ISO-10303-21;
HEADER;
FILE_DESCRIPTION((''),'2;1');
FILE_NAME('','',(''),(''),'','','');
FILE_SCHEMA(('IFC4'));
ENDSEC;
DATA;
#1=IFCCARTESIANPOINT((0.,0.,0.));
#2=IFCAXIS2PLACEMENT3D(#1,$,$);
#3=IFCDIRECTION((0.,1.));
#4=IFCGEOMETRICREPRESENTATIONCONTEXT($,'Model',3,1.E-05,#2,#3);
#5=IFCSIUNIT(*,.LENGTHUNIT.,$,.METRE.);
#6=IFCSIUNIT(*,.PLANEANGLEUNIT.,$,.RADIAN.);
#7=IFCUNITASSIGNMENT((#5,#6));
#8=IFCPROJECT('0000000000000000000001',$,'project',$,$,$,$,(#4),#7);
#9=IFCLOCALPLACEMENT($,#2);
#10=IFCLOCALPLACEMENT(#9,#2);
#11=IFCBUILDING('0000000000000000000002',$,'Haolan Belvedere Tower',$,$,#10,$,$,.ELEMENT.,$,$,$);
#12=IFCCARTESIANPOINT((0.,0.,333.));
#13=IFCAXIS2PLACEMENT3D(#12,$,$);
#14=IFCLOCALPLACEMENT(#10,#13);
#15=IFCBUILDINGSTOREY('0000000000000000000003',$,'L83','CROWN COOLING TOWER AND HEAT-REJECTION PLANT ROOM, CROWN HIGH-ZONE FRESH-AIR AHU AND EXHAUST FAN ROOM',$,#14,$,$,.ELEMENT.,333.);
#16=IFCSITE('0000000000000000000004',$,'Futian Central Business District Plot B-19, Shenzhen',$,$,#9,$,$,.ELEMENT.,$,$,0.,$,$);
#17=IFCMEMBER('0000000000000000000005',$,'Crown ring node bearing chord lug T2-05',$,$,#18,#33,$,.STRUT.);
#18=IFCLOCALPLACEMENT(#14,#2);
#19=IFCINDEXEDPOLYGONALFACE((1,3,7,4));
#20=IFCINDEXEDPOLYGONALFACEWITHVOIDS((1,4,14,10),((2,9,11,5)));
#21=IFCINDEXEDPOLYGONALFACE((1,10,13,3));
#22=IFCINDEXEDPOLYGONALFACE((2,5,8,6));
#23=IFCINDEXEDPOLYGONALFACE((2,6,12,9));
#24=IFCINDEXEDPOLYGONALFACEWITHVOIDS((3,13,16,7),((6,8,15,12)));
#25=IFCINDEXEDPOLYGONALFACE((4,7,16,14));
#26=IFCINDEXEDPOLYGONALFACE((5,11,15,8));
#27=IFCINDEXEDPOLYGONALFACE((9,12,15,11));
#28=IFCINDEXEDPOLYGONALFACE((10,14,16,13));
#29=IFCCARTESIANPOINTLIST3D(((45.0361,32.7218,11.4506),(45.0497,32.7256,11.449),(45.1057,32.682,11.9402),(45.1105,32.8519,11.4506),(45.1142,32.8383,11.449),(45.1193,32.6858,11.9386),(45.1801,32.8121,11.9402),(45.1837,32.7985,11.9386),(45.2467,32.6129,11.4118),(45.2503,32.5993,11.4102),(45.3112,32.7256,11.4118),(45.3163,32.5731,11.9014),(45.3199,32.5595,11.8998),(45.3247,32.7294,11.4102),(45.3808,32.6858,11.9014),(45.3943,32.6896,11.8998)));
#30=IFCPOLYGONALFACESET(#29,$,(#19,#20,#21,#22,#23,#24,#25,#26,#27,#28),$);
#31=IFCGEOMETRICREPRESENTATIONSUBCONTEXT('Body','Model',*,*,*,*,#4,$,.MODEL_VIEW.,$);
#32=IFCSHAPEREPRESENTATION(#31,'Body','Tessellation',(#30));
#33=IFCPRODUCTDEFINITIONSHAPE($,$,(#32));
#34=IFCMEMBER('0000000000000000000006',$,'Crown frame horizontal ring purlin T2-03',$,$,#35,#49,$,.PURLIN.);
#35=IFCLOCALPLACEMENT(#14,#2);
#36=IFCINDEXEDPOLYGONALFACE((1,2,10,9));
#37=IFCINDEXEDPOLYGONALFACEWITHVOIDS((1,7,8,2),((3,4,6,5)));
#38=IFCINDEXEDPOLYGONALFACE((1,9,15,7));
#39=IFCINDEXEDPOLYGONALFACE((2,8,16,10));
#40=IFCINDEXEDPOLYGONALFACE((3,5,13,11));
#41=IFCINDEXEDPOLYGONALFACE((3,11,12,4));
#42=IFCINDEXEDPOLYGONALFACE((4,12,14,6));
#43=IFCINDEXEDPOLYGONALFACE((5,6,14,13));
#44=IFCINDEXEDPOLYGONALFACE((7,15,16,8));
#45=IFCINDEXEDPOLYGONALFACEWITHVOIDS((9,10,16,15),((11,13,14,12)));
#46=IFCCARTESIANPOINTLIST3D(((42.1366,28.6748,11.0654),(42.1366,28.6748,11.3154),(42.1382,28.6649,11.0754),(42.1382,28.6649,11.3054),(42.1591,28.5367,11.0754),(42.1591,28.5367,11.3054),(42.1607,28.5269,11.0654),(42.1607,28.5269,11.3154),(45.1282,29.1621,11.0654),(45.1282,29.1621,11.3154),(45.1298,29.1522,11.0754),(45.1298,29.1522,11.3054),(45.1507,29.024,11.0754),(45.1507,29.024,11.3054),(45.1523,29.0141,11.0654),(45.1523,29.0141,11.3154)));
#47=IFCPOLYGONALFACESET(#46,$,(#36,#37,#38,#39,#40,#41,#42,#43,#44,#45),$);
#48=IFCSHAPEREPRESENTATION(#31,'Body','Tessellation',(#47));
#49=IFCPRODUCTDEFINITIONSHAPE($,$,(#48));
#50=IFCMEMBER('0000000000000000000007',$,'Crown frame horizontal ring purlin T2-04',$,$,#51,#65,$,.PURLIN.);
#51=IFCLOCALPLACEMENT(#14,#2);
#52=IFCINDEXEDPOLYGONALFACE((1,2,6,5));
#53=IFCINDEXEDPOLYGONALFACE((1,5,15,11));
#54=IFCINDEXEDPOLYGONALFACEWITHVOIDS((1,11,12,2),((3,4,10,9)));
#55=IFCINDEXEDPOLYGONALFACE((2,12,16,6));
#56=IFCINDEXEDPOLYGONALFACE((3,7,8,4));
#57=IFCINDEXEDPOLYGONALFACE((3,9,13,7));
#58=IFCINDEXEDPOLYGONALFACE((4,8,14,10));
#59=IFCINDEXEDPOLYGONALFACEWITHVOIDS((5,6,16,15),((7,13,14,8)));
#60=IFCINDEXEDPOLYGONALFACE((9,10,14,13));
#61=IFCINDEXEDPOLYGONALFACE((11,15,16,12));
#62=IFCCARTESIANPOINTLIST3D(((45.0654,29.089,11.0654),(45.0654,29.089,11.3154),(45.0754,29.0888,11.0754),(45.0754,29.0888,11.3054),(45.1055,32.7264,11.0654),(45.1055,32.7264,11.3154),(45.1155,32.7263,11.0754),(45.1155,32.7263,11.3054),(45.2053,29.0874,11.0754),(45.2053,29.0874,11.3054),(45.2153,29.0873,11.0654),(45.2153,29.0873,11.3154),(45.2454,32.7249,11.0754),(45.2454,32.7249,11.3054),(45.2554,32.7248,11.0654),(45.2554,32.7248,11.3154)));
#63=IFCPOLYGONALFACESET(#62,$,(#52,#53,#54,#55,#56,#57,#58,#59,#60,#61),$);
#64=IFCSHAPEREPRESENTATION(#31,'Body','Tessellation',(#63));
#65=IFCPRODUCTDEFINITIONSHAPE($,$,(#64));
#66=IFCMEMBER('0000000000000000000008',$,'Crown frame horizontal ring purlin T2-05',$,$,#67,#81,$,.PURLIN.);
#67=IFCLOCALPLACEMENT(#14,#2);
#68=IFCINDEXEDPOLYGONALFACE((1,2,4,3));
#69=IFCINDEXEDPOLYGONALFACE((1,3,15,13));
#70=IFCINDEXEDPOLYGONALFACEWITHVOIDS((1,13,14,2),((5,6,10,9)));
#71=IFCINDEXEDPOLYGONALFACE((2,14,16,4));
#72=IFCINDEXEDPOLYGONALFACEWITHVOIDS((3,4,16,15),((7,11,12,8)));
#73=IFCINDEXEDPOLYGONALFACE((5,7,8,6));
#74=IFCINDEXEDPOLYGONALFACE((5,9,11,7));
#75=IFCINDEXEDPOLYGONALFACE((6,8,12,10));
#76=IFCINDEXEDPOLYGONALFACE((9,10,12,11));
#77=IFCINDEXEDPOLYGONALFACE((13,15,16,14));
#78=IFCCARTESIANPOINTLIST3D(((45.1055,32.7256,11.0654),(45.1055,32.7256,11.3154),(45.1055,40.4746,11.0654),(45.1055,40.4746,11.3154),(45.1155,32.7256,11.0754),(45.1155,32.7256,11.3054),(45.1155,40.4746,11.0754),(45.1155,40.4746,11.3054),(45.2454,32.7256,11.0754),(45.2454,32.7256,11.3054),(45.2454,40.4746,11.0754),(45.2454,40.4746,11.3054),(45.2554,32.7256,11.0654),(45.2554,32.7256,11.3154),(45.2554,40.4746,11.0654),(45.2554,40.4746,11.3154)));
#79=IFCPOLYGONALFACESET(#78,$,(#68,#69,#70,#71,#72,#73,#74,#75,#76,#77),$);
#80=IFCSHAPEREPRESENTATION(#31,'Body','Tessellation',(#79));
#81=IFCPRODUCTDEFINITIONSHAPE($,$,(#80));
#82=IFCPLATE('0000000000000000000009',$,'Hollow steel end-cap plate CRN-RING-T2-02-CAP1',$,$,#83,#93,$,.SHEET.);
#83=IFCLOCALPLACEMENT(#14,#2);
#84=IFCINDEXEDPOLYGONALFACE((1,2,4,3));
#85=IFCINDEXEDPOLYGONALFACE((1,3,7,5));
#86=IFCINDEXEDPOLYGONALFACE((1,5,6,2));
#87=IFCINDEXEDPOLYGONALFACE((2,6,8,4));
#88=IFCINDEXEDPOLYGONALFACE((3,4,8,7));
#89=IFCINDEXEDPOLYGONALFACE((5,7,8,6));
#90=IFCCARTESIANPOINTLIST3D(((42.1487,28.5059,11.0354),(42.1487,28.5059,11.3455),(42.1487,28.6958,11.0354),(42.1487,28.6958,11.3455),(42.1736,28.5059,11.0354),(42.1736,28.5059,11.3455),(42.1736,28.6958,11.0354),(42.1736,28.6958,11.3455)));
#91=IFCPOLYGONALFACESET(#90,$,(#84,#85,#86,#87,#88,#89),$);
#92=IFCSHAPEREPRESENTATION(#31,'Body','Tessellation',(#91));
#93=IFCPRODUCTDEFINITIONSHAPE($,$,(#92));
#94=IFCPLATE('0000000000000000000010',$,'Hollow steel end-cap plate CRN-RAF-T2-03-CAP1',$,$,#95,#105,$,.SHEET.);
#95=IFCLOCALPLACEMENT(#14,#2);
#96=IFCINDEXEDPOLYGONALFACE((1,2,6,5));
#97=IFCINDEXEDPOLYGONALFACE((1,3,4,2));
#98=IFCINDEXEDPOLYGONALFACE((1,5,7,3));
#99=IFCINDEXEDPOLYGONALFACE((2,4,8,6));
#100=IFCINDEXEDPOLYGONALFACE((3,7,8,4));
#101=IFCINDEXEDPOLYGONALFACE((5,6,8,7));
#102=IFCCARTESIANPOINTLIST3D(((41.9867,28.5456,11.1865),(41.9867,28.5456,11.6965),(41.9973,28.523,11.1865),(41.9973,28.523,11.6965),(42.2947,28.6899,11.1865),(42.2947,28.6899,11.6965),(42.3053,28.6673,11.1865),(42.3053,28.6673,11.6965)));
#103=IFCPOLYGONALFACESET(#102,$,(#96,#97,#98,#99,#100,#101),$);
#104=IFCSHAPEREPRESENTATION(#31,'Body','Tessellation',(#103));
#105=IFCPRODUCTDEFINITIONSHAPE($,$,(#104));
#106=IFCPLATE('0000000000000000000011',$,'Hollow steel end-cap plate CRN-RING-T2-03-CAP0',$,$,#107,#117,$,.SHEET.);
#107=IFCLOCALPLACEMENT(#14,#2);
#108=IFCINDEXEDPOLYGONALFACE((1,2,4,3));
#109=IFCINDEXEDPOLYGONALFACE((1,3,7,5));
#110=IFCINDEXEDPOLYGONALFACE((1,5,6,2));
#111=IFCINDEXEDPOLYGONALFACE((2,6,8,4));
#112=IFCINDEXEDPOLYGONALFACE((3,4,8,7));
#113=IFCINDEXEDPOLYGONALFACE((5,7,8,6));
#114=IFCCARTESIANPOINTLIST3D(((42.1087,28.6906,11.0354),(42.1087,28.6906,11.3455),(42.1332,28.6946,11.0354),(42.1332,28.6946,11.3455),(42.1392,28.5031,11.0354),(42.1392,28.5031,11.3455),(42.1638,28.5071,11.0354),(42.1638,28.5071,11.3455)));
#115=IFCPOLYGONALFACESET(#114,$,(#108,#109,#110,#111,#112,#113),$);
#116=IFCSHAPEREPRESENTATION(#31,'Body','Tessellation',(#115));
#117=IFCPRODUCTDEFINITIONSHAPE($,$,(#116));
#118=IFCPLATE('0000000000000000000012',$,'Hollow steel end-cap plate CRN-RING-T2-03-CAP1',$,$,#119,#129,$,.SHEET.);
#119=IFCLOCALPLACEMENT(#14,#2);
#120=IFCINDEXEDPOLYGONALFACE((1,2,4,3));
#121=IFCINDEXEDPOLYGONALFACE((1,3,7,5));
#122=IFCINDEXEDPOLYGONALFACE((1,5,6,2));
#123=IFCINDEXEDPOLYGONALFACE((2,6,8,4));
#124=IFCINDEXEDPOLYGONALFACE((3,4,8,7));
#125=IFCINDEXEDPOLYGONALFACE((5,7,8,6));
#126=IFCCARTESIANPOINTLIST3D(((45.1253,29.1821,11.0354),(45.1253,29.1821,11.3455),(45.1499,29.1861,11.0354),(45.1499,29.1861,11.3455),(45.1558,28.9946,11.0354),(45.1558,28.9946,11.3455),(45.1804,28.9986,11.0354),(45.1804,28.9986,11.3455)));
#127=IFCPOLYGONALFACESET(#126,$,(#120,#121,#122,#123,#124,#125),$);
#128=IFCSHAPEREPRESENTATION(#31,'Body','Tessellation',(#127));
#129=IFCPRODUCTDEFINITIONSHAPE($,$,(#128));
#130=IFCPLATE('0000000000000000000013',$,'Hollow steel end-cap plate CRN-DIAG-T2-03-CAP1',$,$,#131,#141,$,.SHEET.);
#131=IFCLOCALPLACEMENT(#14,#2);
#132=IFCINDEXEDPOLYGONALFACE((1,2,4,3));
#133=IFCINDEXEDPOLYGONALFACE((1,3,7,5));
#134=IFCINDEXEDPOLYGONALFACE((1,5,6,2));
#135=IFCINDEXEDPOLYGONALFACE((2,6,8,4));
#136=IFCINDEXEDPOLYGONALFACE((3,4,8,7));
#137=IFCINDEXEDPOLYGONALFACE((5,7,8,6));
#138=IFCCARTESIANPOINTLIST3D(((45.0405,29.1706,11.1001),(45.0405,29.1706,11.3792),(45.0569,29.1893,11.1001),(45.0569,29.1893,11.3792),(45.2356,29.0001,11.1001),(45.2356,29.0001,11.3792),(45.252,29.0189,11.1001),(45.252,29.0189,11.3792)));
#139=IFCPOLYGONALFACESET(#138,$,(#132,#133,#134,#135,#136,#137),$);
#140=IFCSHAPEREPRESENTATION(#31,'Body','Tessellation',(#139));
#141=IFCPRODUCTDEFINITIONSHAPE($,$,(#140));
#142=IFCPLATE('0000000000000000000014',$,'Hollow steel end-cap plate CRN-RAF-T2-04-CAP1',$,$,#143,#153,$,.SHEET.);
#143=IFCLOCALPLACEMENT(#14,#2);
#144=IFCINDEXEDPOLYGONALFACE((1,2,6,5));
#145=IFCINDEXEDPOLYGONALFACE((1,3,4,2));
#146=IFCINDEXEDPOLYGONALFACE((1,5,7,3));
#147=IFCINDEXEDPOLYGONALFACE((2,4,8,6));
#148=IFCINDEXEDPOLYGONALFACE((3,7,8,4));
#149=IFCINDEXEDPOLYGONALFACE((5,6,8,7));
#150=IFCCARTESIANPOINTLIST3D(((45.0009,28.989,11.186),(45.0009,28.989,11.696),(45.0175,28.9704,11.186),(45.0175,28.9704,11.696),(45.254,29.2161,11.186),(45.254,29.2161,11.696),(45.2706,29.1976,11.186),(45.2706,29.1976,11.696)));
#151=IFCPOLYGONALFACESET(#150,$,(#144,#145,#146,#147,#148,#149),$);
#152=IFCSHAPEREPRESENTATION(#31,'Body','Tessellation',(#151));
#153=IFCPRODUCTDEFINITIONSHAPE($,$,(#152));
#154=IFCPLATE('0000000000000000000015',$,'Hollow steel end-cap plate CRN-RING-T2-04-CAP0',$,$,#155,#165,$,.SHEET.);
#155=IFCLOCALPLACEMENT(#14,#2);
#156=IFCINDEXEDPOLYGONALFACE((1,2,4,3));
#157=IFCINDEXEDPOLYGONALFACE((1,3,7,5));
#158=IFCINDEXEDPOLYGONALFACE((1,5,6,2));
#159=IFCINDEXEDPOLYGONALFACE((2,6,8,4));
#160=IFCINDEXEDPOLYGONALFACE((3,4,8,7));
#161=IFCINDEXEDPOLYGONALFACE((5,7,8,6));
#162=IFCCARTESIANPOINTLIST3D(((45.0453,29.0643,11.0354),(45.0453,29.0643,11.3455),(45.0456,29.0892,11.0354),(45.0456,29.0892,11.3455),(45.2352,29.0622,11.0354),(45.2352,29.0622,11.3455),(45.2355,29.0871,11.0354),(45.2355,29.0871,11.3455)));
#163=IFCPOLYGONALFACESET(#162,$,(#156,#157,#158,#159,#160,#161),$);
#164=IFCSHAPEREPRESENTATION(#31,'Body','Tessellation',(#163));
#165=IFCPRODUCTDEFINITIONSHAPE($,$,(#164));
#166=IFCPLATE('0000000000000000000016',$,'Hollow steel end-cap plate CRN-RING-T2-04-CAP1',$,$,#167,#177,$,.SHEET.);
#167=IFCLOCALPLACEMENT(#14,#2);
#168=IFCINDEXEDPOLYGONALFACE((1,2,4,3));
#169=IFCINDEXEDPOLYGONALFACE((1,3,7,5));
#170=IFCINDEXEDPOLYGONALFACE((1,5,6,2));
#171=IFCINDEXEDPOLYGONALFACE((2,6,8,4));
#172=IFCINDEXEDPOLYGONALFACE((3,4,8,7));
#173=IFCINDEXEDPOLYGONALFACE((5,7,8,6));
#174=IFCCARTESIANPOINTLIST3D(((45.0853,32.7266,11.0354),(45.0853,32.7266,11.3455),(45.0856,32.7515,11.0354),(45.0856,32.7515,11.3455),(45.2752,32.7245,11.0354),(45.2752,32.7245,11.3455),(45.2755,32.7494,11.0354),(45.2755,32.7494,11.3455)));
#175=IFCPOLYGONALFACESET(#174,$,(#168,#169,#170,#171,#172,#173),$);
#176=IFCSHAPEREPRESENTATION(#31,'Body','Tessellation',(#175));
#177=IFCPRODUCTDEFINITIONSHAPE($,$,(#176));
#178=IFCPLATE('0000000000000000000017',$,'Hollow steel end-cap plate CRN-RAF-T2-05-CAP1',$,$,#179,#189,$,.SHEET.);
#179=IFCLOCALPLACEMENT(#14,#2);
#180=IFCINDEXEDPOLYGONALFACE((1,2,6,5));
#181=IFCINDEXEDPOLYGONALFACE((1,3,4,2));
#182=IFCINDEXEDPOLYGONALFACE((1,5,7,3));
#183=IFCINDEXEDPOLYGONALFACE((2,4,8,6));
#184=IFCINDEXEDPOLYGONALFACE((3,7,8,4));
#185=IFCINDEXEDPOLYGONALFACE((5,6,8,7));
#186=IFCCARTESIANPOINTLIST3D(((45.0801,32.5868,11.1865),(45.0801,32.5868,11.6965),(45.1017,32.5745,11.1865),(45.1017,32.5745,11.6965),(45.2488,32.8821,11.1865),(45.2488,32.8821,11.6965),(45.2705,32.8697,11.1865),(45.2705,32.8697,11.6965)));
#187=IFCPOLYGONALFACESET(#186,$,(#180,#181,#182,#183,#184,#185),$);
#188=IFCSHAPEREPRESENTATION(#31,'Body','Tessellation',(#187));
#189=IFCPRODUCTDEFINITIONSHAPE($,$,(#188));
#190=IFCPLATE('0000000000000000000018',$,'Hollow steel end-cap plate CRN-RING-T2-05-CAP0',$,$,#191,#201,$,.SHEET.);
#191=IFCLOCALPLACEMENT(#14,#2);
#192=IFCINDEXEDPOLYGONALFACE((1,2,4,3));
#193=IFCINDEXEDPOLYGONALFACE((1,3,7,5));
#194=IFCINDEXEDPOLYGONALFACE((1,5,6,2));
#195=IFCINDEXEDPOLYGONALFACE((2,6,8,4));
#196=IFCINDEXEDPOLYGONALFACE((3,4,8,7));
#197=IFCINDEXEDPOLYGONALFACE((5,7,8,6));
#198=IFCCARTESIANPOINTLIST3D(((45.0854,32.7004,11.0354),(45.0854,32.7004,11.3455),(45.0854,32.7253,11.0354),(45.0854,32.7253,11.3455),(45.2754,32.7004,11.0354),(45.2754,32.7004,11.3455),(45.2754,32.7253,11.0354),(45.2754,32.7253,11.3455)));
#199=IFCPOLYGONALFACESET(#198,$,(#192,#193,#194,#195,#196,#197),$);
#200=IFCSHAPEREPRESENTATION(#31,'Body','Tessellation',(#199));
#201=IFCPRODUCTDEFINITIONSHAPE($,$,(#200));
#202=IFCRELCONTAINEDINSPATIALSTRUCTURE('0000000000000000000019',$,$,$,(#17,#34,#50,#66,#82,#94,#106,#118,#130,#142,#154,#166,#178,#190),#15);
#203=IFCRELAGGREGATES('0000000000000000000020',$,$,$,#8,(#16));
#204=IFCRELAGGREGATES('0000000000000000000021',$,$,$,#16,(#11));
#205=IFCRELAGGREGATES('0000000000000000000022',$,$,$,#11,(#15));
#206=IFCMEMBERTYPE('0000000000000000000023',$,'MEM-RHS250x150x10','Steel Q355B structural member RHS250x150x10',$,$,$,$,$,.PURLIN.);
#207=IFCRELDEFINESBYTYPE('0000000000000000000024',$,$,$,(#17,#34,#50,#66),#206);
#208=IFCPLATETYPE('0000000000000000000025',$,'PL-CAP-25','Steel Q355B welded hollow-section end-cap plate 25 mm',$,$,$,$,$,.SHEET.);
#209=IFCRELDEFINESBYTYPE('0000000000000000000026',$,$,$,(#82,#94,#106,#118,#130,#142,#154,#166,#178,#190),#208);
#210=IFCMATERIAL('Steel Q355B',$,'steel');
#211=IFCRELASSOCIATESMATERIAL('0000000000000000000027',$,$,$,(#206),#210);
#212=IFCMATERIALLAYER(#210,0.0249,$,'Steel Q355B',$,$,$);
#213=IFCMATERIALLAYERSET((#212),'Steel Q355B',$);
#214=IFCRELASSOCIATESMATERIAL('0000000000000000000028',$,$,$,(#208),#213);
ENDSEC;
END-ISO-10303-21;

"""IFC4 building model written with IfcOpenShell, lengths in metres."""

from ifc_helpers import new_model, si_unit, direction, frame, origin, origin_2d, place, context, subcontext, project, spatial, rectangle, hollow_rectangle, extrude, material, layer, layer_set, material_profile, profile_set, type_object, element, save


model = new_model("IFC4")

# Units and contexts
model_context = context("Model", 3, precision=1e-05, world=origin(), true_north=direction((0.0, 1.0)))
body_context = subcontext(model_context, "Body", "Model", "MODEL_VIEW")
ifc_project = project(units=[si_unit("LENGTHUNIT", "METRE"), si_unit("PLANEANGLEUNIT", "RADIAN")], contexts=[model_context])

# Site, building, storey
site_placement = place(None, origin())
site = spatial("IfcSite", under=ifc_project, at=site_placement, Name="Futian Central Business District Plot B-19, Shenzhen", CompositionType="ELEMENT", RefElevation=0.0)
building_placement = place(site_placement, origin())
building = spatial("IfcBuilding", under=site, at=building_placement, Name="Haolan Belvedere Tower", CompositionType="ELEMENT")
storey_placement = place(building_placement, frame((0.0, 0.0, 333.0)))
storey = spatial("IfcBuildingStorey", under=building, at=storey_placement, Name="L83", Description="CROWN COOLING TOWER AND HEAT-REJECTION PLANT ROOM, CROWN HIGH-ZONE FRESH-AIR AHU AND EXHAUST FAN ROOM", CompositionType="ELEMENT", Elevation=333.0)

# Members
ifc_material_1 = material(Name="Steel Q355B", Category="steel")
ifc_material_profile_1 = material_profile(ifc_material_1, hollow_rectangle(XDim=0.1499, YDim=0.25, WallThickness=0.01, at=origin_2d()), Name="Steel Q355B")
ifc_profile_set_1 = profile_set([ifc_material_profile_1], Name="Steel Q355B")
member_type_1 = type_object("IfcMemberType", Name="MEM-RHS250x150x10", Description="Steel Q355B structural member RHS250x150x10", PredefinedType="PURLIN", material=ifc_profile_set_1)
for number, where, z_axis, x_axis, name in (
    (1, (45.1804, 32.7256, 11.4304), (0.140276, -0.080228, 0.986857), (0.496467, 0.868056, 0.0), "Crown ring node bearing chord lug T2-05"),
):
    element("IfcMember", number, at=place(storey_placement, frame(where, z_axis=z_axis, x_axis=x_axis)), inside=storey, type_object=member_type_1, Name=name, PredefinedType="STRUT", context=body_context, shape_type="SweptSolid", body=[
        extrude(hollow_rectangle(XDim=0.1499, YDim=0.25, WallThickness=0.01, at=origin_2d()), origin(), (0.0, 0.0, 1.0), 0.4961),
    ])
member_1_placement = place(storey_placement, frame((42.1487, 28.6008, 11.1904), z_axis=(0.986992, 0.160767, 0.0), x_axis=(-0.160767, 0.986992, 0.0)))
element("IfcMember", 2, at=member_1_placement, inside=storey, type_object=member_type_1, Name="Crown frame horizontal ring purlin T2-03", PredefinedType="PURLIN", context=body_context, shape_type="SweptSolid", body=[
    extrude(hollow_rectangle(XDim=0.1499, YDim=0.25, WallThickness=0.01, at=origin_2d()), origin(), (0.0, 0.0, 1.0), 3.031),
])
member_2_placement = place(storey_placement, frame((45.1404, 29.0881, 11.1904), z_axis=(0.011007, 0.999939, 0.0), x_axis=(-0.999939, 0.011007, 0.0)))
element("IfcMember", 3, at=member_2_placement, inside=storey, type_object=member_type_1, Name="Crown frame horizontal ring purlin T2-04", PredefinedType="PURLIN", context=body_context, shape_type="SweptSolid", body=[
    extrude(hollow_rectangle(XDim=0.1499, YDim=0.25, WallThickness=0.01, at=origin_2d()), origin(), (0.0, 0.0, 1.0), 3.6377),
])
member_3_placement = place(storey_placement, frame((45.1804, 32.7256, 11.1904), z_axis=(0.0, 1.0, 0.0), x_axis=(-1.0, 0.0, 0.0)))
element("IfcMember", 4, at=member_3_placement, inside=storey, type_object=member_type_1, Name="Crown frame horizontal ring purlin T2-05", PredefinedType="PURLIN", context=body_context, shape_type="SweptSolid", body=[
    extrude(hollow_rectangle(XDim=0.1499, YDim=0.25, WallThickness=0.01, at=origin_2d()), origin(), (0.0, 0.0, 1.0), 7.749),
])

# Plates
ifc_layer_1 = layer(ifc_material_1, 0.0249, Name="Steel Q355B")
ifc_layer_set_1 = layer_set([ifc_layer_1], Name="Steel Q355B")
plate_type = type_object("IfcPlateType", Name="PL-CAP-25", Description="Steel Q355B welded hollow-section end-cap plate 25 mm", PredefinedType="SHEET", material=ifc_layer_set_1)
plate_1_placement = place(storey_placement, frame((42.1611, 28.6008, 11.0354), z_axis=(0.0, 0.0, 1.0), x_axis=(0.0, 1.0, 0.0)))
element("IfcPlate", 5, at=plate_1_placement, inside=storey, type_object=plate_type, Name="Hollow steel end-cap plate CRN-RING-T2-02-CAP1", PredefinedType="SHEET", context=body_context, shape_type="SweptSolid", body=[
    extrude(rectangle(XDim=0.1899, YDim=0.0249, at=origin_2d()), origin(), (0.0, 0.0, 1.0), 0.3101),
])
plate_2_placement = place(storey_placement, frame((42.146, 28.6064, 11.1865), z_axis=(0.0, 0.0, 1.0), x_axis=(-0.905502, -0.424342, 0.0)))
element("IfcPlate", 6, at=plate_2_placement, inside=storey, type_object=plate_type, Name="Hollow steel end-cap plate CRN-RAF-T2-03-CAP1", PredefinedType="SHEET", context=body_context, shape_type="SweptSolid", body=[
    extrude(rectangle(XDim=0.3401, YDim=0.0249, at=origin_2d()), origin(), (0.0, 0.0, 1.0), 0.51),
])
for number, where, z_axis, x_axis, name in (
    (7, (42.1362, 28.5989, 11.0354), (0.0, 0.0, 1.0), (0.160794, -0.986988, 0.0), "Hollow steel end-cap plate CRN-RING-T2-03-CAP0"),
    (8, (45.1528, 29.0903, 11.0354), (0.0, 0.0, 1.0), (-0.160794, 0.986988, 0.0), "Hollow steel end-cap plate CRN-RING-T2-03-CAP1"),
):
    element("IfcPlate", number, at=place(storey_placement, frame(where, z_axis=z_axis, x_axis=x_axis)), inside=storey, type_object=plate_type, Name=name, PredefinedType="SHEET", context=body_context, shape_type="SweptSolid", body=[
        extrude(rectangle(XDim=0.1899, YDim=0.0249, at=origin_2d()), origin(), (0.0, 0.0, 1.0), 0.3101),
    ])
plate_3_placement = place(storey_placement, frame((45.1462, 29.0947, 11.1001), z_axis=(0.0, 0.0, 1.0), x_axis=(-0.753127, 0.657875, 0.0)))
element("IfcPlate", 9, at=plate_3_placement, inside=storey, type_object=plate_type, Name="Hollow steel end-cap plate CRN-DIAG-T2-03-CAP1", PredefinedType="SHEET", context=body_context, shape_type="SweptSolid", body=[
    extrude(rectangle(XDim=0.259, YDim=0.0249, at=origin_2d()), origin(), (0.0, 0.0, 1.0), 0.2791),
])
plate_4_placement = place(storey_placement, frame((45.1357, 29.0933, 11.186), z_axis=(0.0, 0.0, 1.0), x_axis=(-0.744288, -0.667859, 0.0)))
element("IfcPlate", 10, at=plate_4_placement, inside=storey, type_object=plate_type, Name="Hollow steel end-cap plate CRN-RAF-T2-04-CAP1", PredefinedType="SHEET", context=body_context, shape_type="SweptSolid", body=[
    extrude(rectangle(XDim=0.3401, YDim=0.0249, at=origin_2d()), origin(), (0.0, 0.0, 1.0), 0.51),
])
for number, where, z_axis, x_axis, name in (
    (11, (45.1404, 29.0757, 11.0354), (0.0, 0.0, 1.0), (0.99994, -0.01096, 0.0), "Hollow steel end-cap plate CRN-RING-T2-04-CAP0"),
    (12, (45.1804, 32.738, 11.0354), (0.0, 0.0, 1.0), (-0.99994, 0.01096, 0.0), "Hollow steel end-cap plate CRN-RING-T2-04-CAP1"),
):
    element("IfcPlate", number, at=place(storey_placement, frame(where, z_axis=z_axis, x_axis=x_axis)), inside=storey, type_object=plate_type, Name=name, PredefinedType="SHEET", context=body_context, shape_type="SweptSolid", body=[
        extrude(rectangle(XDim=0.1899, YDim=0.0249, at=origin_2d()), origin(), (0.0, 0.0, 1.0), 0.3101),
    ])
plate_5_placement = place(storey_placement, frame((45.1753, 32.7283, 11.1865), z_axis=(0.0, 0.0, 1.0), x_axis=(-0.496141, -0.868242, 0.0)))
element("IfcPlate", 13, at=plate_5_placement, inside=storey, type_object=plate_type, Name="Hollow steel end-cap plate CRN-RAF-T2-05-CAP1", PredefinedType="SHEET", context=body_context, shape_type="SweptSolid", body=[
    extrude(rectangle(XDim=0.3401, YDim=0.0249, at=origin_2d()), origin(), (0.0, 0.0, 1.0), 0.51),
])
plate_6_placement = place(storey_placement, frame((45.1804, 32.7129, 11.0354), z_axis=(0.0, 0.0, 1.0), x_axis=(1.0, 0.0, 0.0)))
element("IfcPlate", 14, at=plate_6_placement, inside=storey, type_object=plate_type, Name="Hollow steel end-cap plate CRN-RING-T2-05-CAP0", PredefinedType="SHEET", context=body_context, shape_type="SweptSolid", body=[
    extrude(rectangle(XDim=0.1899, YDim=0.0249, at=origin_2d()), origin(), (0.0, 0.0, 1.0), 0.3101),
])

save(model, "model.ifc")
